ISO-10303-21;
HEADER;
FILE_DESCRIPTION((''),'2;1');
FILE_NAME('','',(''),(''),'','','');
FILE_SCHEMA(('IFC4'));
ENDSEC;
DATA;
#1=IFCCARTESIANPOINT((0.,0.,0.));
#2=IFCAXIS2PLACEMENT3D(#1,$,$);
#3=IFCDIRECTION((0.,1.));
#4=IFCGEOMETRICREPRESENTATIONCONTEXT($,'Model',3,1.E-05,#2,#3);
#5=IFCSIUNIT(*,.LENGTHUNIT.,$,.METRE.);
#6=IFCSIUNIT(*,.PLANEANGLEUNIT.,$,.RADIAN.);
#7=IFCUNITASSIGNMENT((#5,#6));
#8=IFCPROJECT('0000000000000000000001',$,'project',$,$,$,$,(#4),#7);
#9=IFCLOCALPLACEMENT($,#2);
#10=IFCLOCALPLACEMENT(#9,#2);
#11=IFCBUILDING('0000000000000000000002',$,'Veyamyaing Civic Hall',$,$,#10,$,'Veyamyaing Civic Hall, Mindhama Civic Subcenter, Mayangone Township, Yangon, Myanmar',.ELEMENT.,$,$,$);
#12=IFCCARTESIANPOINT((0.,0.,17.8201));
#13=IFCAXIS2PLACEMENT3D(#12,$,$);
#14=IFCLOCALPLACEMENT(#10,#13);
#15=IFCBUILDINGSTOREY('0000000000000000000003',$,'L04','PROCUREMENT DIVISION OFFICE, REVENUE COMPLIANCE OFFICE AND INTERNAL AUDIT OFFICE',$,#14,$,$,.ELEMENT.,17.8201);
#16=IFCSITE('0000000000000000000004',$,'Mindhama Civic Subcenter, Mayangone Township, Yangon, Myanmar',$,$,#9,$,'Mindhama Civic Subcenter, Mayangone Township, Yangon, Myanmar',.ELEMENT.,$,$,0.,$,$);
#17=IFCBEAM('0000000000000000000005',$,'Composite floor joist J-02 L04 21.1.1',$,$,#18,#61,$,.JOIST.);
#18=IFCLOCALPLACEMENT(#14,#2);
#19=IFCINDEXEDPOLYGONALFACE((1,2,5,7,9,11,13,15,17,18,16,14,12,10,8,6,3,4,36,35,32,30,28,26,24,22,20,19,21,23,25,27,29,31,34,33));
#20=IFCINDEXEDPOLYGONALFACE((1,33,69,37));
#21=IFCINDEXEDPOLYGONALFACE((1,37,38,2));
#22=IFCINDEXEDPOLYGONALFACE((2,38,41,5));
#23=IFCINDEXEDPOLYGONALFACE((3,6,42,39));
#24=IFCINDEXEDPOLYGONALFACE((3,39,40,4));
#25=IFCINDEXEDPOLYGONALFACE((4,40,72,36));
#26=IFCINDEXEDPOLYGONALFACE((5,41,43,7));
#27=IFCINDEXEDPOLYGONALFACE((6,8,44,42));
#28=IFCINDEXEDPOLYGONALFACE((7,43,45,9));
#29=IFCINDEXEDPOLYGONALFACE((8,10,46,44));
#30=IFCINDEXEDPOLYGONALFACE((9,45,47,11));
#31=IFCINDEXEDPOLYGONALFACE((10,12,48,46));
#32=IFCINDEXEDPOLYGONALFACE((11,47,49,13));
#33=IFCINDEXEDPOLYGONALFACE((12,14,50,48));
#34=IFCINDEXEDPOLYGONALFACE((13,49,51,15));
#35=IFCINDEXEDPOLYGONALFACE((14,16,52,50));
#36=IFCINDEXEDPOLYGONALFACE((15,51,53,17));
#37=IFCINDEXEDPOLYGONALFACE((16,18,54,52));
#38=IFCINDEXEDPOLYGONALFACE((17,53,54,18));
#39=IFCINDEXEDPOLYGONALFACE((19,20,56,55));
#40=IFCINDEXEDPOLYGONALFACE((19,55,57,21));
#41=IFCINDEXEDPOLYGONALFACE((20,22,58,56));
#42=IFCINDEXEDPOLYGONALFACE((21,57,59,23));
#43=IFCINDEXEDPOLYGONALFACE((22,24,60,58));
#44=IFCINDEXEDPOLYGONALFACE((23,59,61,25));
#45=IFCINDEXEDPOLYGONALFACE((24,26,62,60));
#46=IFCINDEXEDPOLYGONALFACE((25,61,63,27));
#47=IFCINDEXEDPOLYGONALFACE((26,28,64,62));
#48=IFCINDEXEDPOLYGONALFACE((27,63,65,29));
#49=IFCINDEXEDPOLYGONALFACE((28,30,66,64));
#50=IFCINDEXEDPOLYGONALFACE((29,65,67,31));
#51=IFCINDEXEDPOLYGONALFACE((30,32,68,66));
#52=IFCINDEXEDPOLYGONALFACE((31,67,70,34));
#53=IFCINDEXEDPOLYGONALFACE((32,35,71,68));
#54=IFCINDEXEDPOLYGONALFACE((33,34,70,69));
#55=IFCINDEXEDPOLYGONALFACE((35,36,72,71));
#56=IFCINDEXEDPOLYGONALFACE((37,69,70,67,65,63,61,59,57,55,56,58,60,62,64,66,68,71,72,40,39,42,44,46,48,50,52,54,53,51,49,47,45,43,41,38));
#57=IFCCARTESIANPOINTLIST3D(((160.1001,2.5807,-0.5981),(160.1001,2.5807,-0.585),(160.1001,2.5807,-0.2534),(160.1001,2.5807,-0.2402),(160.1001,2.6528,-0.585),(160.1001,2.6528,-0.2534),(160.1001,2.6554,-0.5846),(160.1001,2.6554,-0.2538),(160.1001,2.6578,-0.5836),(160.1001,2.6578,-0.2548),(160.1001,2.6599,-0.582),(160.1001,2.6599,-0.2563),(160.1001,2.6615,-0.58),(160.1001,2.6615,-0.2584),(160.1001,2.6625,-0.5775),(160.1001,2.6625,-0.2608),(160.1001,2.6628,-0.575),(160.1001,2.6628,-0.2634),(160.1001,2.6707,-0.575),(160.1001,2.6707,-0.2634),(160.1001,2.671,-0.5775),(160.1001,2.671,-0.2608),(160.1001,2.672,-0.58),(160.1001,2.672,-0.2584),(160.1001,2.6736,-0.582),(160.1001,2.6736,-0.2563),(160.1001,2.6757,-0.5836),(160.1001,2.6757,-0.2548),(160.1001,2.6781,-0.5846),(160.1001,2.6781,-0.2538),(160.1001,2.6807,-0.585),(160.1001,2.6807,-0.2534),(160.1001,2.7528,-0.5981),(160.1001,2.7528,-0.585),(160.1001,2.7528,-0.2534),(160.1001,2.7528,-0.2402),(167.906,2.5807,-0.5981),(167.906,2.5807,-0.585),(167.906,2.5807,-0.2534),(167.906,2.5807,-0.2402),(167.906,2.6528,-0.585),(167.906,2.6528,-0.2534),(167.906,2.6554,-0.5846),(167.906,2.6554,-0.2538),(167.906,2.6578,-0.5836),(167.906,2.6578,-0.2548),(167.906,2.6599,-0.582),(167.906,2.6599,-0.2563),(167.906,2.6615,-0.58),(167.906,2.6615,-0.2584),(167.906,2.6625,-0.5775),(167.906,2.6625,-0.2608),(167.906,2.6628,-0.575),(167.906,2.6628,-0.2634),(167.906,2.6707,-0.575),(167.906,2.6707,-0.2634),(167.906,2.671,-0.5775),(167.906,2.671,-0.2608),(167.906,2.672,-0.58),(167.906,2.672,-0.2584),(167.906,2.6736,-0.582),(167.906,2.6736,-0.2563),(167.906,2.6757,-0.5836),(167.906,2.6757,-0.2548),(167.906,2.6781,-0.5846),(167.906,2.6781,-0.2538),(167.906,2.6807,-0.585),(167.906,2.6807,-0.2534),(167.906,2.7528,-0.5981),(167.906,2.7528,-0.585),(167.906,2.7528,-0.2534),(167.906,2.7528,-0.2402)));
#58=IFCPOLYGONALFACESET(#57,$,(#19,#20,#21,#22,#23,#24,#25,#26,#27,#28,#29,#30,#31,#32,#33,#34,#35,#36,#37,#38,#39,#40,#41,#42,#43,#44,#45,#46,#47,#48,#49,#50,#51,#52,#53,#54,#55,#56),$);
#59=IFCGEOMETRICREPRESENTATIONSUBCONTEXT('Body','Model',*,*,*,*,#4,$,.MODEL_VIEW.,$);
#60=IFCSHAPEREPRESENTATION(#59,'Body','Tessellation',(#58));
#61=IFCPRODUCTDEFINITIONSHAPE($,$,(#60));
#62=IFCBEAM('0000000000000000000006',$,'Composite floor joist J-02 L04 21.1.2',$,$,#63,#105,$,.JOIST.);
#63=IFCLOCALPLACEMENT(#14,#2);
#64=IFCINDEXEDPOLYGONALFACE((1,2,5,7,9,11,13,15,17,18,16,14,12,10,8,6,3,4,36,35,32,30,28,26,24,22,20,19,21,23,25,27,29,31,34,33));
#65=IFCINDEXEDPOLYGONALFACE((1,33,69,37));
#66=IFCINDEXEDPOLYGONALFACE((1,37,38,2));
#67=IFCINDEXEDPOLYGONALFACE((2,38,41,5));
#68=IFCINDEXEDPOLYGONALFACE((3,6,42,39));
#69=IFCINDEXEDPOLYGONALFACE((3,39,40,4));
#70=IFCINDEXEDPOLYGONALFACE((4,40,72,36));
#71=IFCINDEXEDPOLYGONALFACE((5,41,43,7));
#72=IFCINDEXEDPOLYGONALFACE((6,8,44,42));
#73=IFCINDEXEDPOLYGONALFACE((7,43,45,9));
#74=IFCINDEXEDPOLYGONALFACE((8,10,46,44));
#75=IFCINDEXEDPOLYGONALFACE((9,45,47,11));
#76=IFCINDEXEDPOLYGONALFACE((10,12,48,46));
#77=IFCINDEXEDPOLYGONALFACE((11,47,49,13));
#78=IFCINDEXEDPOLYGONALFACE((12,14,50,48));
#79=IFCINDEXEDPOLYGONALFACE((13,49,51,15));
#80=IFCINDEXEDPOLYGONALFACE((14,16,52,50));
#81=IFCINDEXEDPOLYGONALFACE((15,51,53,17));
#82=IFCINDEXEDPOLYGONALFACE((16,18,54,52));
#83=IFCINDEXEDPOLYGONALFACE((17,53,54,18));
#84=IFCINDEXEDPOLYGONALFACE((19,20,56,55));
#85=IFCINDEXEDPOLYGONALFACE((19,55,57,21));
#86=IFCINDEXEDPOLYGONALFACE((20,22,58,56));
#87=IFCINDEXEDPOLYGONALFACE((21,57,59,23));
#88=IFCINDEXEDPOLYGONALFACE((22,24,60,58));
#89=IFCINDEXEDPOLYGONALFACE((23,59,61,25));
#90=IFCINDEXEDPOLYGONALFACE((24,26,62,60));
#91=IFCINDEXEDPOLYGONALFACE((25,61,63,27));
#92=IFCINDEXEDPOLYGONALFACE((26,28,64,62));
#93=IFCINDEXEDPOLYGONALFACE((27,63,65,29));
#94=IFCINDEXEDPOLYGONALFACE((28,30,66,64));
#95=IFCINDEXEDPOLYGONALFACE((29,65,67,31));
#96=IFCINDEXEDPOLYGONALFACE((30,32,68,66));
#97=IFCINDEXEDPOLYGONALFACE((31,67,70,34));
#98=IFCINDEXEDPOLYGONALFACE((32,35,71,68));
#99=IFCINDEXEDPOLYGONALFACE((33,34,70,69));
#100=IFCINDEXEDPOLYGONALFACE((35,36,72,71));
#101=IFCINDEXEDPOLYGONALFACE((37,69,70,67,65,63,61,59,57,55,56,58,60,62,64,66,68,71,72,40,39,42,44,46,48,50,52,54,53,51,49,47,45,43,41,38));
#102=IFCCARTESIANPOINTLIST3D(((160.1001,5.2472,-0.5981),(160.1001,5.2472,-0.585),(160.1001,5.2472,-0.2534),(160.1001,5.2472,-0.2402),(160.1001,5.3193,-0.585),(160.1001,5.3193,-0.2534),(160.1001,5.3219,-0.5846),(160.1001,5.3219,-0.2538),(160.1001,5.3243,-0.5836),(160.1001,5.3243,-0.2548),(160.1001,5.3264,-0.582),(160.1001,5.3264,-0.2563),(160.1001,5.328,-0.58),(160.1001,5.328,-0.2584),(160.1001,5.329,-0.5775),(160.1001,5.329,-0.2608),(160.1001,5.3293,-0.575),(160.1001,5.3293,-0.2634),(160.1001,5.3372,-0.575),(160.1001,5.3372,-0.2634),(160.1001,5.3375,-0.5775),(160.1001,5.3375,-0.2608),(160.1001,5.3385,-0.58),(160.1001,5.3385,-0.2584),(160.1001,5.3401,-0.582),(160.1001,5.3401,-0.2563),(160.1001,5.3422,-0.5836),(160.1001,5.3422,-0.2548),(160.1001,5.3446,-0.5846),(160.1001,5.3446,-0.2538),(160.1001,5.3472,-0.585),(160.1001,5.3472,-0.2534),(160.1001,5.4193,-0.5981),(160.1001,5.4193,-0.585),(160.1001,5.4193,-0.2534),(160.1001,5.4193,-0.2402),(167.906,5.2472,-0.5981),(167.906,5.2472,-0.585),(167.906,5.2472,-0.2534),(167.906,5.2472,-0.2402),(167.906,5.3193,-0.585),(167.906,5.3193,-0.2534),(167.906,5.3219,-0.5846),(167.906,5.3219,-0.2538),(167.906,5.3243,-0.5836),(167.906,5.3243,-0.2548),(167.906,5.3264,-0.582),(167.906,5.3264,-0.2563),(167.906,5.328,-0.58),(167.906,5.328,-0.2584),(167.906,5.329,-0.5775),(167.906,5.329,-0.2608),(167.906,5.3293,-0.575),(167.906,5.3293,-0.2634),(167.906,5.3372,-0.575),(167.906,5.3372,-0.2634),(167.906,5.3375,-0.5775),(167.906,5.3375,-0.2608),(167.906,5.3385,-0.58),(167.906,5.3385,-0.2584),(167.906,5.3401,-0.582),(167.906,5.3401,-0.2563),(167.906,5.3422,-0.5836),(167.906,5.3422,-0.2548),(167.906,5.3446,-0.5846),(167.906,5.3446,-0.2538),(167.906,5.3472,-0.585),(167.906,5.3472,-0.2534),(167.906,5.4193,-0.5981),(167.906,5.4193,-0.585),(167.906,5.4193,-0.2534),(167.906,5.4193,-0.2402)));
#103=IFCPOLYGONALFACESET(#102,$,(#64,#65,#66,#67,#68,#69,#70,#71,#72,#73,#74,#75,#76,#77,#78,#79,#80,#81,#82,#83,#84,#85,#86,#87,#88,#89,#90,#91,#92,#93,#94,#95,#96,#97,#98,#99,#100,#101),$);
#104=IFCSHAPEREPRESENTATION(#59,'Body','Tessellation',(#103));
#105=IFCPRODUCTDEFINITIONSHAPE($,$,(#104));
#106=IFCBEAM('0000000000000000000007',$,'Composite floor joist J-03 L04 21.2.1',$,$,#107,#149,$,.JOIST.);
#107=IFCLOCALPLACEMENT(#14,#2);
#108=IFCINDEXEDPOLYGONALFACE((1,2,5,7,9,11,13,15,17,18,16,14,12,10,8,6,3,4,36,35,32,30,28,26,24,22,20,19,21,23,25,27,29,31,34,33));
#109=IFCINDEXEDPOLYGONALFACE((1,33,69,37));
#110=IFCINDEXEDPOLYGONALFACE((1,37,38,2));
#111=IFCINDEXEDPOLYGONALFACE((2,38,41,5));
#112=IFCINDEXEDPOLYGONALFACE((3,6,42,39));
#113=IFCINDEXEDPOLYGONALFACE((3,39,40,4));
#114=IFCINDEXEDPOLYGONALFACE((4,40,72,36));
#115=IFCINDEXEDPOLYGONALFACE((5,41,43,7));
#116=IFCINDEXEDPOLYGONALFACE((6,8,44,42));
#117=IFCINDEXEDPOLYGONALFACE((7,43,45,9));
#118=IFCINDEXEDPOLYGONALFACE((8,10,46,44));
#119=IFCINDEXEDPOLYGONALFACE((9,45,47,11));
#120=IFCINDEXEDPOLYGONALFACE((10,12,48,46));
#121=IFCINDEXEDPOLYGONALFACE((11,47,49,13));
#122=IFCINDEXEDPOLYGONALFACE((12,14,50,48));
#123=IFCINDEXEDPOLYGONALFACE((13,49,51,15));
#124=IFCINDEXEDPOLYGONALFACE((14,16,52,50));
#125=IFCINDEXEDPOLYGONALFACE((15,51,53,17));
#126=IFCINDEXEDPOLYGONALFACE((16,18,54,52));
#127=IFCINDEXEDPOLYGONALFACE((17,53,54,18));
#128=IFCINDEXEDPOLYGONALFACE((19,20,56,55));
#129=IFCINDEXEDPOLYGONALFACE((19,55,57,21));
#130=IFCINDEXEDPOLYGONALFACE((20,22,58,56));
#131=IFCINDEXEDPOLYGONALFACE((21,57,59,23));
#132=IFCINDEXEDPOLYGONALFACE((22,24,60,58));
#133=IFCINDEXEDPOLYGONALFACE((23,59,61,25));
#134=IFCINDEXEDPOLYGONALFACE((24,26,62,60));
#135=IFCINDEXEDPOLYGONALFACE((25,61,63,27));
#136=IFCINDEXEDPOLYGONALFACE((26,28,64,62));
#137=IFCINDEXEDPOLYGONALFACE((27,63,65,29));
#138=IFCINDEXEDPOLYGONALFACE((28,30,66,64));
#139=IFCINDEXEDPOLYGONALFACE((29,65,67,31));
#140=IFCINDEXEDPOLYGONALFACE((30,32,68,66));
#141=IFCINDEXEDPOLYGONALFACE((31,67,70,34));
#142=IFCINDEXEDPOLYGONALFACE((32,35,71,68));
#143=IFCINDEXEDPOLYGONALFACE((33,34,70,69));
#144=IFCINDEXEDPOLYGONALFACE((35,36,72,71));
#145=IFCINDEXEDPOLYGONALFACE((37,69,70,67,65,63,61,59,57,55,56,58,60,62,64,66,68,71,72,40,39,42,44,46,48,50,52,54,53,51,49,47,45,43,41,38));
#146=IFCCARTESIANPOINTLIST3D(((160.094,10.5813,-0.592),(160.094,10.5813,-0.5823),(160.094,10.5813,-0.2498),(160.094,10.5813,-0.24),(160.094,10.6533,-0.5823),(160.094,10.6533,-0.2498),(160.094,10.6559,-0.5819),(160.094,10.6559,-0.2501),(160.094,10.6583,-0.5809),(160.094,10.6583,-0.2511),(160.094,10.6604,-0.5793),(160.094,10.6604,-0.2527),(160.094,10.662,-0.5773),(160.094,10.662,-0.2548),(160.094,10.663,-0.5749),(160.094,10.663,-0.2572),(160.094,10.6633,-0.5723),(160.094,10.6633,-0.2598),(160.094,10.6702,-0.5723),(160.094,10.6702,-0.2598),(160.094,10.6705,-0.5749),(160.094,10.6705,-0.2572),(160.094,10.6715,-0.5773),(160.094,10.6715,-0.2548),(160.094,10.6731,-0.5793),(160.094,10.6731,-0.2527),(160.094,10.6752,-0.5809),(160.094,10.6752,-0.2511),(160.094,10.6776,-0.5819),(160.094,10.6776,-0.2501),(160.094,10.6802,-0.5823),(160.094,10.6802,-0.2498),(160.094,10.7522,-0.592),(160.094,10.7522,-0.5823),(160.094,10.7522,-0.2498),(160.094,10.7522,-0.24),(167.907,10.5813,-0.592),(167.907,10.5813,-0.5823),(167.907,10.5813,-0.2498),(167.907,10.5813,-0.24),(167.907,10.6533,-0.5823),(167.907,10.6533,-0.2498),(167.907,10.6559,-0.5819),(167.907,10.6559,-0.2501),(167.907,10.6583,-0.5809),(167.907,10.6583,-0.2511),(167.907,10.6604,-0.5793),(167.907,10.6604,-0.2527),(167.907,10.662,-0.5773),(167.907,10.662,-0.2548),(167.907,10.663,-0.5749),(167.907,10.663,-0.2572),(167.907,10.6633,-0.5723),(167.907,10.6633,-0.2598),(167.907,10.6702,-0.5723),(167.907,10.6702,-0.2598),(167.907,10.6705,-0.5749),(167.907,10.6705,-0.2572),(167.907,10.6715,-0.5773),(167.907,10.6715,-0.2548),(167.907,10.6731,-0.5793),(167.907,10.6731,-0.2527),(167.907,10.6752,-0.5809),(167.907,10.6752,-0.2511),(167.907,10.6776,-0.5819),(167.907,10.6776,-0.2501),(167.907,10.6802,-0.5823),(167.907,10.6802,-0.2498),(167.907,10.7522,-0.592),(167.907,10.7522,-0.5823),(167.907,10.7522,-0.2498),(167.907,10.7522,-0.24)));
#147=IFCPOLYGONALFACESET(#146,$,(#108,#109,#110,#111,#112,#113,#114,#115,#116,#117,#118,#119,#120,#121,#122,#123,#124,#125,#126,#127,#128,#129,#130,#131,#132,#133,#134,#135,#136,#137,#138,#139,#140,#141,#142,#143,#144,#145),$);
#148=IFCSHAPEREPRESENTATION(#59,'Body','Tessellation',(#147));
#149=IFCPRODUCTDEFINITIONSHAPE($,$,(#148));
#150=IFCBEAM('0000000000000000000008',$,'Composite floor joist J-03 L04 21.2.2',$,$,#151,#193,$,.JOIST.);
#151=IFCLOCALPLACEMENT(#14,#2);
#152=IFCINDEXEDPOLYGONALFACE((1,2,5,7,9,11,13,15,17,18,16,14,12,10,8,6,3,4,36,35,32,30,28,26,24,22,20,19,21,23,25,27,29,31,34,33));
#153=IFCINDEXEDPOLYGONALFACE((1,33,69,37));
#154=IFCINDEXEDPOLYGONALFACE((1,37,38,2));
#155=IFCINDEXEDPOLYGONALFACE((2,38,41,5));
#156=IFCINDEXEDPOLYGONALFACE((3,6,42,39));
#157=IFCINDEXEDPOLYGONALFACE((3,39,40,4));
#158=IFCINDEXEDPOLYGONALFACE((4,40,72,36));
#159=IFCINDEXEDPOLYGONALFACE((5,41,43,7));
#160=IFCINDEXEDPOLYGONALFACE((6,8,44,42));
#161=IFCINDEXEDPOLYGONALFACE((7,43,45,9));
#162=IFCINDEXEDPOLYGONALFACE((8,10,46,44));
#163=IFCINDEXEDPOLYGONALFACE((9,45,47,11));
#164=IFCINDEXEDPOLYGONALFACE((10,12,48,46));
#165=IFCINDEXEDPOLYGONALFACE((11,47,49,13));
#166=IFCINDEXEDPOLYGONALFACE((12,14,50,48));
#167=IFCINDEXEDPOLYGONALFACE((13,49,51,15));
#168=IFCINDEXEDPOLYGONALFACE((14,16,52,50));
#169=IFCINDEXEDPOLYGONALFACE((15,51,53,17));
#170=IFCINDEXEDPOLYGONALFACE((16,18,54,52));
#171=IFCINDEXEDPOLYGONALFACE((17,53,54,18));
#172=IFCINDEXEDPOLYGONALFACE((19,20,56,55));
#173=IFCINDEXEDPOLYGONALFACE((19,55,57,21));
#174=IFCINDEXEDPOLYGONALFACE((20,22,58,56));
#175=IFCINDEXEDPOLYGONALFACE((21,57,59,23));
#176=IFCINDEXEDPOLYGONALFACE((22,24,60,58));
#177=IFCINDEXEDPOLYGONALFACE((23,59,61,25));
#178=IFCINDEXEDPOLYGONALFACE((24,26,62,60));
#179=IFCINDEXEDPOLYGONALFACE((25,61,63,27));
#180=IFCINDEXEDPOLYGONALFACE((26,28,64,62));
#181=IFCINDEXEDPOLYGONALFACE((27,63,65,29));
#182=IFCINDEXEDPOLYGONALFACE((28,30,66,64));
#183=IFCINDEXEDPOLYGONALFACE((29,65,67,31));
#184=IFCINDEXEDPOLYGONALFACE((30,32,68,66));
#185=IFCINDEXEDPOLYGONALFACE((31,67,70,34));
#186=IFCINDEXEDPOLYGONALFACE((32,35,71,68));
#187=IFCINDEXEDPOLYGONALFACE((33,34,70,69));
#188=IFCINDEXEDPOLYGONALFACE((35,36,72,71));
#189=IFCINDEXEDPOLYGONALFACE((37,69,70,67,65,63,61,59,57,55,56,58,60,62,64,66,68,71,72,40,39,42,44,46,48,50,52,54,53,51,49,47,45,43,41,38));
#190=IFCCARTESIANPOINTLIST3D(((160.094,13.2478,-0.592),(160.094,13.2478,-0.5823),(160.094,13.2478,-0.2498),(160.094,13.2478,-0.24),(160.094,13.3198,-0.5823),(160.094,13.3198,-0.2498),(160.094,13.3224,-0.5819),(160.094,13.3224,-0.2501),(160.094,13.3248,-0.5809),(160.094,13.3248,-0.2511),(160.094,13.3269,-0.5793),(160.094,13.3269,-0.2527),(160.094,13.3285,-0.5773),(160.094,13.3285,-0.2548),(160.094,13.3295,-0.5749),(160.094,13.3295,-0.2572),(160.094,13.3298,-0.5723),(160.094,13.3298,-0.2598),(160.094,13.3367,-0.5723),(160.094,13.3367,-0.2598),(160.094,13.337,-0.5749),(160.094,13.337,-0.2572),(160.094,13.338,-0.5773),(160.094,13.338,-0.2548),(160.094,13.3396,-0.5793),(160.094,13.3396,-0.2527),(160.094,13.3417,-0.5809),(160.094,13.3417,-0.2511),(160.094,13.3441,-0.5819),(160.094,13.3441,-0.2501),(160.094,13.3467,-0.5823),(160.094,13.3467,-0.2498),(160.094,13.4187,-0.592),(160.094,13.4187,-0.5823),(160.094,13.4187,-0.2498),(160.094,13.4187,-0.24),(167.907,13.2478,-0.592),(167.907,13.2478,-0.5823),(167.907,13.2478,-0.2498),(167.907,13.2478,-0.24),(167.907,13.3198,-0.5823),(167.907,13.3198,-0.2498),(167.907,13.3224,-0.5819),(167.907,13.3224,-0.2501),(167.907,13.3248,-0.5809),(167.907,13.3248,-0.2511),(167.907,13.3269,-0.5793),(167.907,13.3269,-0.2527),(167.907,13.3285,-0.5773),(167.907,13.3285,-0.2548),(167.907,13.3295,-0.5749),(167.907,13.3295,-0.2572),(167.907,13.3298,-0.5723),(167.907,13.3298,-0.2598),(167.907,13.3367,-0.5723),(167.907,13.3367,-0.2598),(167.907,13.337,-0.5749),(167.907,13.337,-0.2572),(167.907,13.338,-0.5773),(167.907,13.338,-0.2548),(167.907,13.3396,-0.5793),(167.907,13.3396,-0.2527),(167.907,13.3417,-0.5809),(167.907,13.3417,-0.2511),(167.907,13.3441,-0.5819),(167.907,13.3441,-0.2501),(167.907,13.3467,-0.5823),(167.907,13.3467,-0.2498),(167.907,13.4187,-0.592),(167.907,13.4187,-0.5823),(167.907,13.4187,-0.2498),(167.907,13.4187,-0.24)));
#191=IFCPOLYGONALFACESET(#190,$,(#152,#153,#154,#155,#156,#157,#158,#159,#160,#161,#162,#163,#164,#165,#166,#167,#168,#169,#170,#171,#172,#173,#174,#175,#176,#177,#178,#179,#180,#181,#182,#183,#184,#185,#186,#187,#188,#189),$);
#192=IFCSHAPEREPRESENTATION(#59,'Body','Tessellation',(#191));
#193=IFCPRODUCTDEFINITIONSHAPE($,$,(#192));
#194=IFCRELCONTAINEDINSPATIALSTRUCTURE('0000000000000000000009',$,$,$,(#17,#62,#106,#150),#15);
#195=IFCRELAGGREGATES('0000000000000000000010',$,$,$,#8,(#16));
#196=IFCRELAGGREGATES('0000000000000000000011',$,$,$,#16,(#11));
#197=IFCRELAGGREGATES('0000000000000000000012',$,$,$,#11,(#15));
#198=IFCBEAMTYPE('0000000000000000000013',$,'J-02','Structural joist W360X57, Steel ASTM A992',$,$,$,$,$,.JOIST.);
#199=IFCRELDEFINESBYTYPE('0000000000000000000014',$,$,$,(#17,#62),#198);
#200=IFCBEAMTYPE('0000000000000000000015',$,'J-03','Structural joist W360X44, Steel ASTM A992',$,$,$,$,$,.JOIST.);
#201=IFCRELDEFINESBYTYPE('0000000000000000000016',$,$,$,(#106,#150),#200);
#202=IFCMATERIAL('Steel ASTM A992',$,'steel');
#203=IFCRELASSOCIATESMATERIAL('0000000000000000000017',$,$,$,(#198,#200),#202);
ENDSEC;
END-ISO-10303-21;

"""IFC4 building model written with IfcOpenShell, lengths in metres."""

from ifc_helpers import new_model, si_unit, direction, frame, origin, origin_2d, place, context, subcontext, project, spatial, i_section, extrude, material, material_profile, profile_set, type_object, element, save


model = new_model("IFC4")

# Units and contexts
model_context = context("Model", 3, precision=1e-05, world=origin(), true_north=direction((0.0, 1.0)))
body_context = subcontext(model_context, "Body", "Model", "MODEL_VIEW")
ifc_project = project(units=[si_unit("LENGTHUNIT", "METRE"), si_unit("PLANEANGLEUNIT", "RADIAN")], contexts=[model_context])

# Site, building, storey
site_placement = place(None, origin())
site = spatial("IfcSite", under=ifc_project, at=site_placement, Name="Mindhama Civic Subcenter, Mayangone Township, Yangon, Myanmar", LongName="Mindhama Civic Subcenter, Mayangone Township, Yangon, Myanmar", CompositionType="ELEMENT", RefElevation=0.0)
building_placement = place(site_placement, origin())
building = spatial("IfcBuilding", under=site, at=building_placement, Name="Veyamyaing Civic Hall", LongName="Veyamyaing Civic Hall, Mindhama Civic Subcenter, Mayangone Township, Yangon, Myanmar", CompositionType="ELEMENT")
storey_placement = place(building_placement, frame((0.0, 0.0, 17.8201)))
storey = spatial("IfcBuildingStorey", under=building, at=storey_placement, Name="L04", Description="PROCUREMENT DIVISION OFFICE, REVENUE COMPLIANCE OFFICE AND INTERNAL AUDIT OFFICE", CompositionType="ELEMENT", Elevation=17.8201)

# Beams
ifc_material_1 = material(Name="Steel ASTM A992", Category="steel")
ifc_material_profile_1 = material_profile(ifc_material_1, i_section(OverallWidth=0.1721, OverallDepth=0.3579, WebThickness=0.0078, FlangeThickness=0.0132, FilletRadius=0.01, at=origin_2d()), Name="W360X57")
ifc_profile_set_1 = profile_set([ifc_material_profile_1], Name="Steel ASTM A992")
beam_type_1 = type_object("IfcBeamType", Name="J-02", Description="Structural joist W360X57, Steel ASTM A992", PredefinedType="JOIST", material=ifc_profile_set_1)
for number, where, z_axis, x_axis, name in (
    (1, (160.1001, 2.6667, -0.4192), (1.0, 0.0, 0.0), (0.0, 1.0, 0.0), "Composite floor joist J-02 L04 21.1.1"),
    (2, (160.1001, 5.3333, -0.4192), (1.0, 0.0, 0.0), (0.0, 1.0, 0.0), "Composite floor joist J-02 L04 21.1.2"),
):
    element("IfcBeam", number, at=place(storey_placement, frame(where, z_axis=z_axis, x_axis=x_axis)), inside=storey, type_object=beam_type_1, Name=name, PredefinedType="JOIST", context=body_context, shape_type="SweptSolid", body=[
        extrude(i_section(OverallWidth=0.1721, OverallDepth=0.3579, WebThickness=0.0078, FlangeThickness=0.0132, FilletRadius=0.01, at=origin_2d()), origin(), (0.0, 0.0, 1.0), 7.8059),
    ])
ifc_material_profile_2 = material_profile(ifc_material_1, i_section(OverallWidth=0.1709, OverallDepth=0.3521, WebThickness=0.0068, FlangeThickness=0.0098, FilletRadius=0.01, at=origin_2d()), Name="W360X44")
ifc_profile_set_2 = profile_set([ifc_material_profile_2], Name="Steel ASTM A992")
beam_type_2 = type_object("IfcBeamType", Name="J-03", Description="Structural joist W360X44, Steel ASTM A992", PredefinedType="JOIST", material=ifc_profile_set_2)
for number, where, z_axis, x_axis, name in (
    (3, (160.094, 10.6667, -0.416), (1.0, 0.0, 0.0), (0.0, 1.0, 0.0), "Composite floor joist J-03 L04 21.2.1"),
    (4, (160.094, 13.3333, -0.416), (1.0, 0.0, 0.0), (0.0, 1.0, 0.0), "Composite floor joist J-03 L04 21.2.2"),
):
    element("IfcBeam", number, at=place(storey_placement, frame(where, z_axis=z_axis, x_axis=x_axis)), inside=storey, type_object=beam_type_2, Name=name, PredefinedType="JOIST", context=body_context, shape_type="SweptSolid", body=[
        extrude(i_section(OverallWidth=0.1709, OverallDepth=0.3521, WebThickness=0.0068, FlangeThickness=0.0098, FilletRadius=0.01, at=origin_2d()), origin(), (0.0, 0.0, 1.0), 7.813),
    ])

save(model, "model.ifc")
